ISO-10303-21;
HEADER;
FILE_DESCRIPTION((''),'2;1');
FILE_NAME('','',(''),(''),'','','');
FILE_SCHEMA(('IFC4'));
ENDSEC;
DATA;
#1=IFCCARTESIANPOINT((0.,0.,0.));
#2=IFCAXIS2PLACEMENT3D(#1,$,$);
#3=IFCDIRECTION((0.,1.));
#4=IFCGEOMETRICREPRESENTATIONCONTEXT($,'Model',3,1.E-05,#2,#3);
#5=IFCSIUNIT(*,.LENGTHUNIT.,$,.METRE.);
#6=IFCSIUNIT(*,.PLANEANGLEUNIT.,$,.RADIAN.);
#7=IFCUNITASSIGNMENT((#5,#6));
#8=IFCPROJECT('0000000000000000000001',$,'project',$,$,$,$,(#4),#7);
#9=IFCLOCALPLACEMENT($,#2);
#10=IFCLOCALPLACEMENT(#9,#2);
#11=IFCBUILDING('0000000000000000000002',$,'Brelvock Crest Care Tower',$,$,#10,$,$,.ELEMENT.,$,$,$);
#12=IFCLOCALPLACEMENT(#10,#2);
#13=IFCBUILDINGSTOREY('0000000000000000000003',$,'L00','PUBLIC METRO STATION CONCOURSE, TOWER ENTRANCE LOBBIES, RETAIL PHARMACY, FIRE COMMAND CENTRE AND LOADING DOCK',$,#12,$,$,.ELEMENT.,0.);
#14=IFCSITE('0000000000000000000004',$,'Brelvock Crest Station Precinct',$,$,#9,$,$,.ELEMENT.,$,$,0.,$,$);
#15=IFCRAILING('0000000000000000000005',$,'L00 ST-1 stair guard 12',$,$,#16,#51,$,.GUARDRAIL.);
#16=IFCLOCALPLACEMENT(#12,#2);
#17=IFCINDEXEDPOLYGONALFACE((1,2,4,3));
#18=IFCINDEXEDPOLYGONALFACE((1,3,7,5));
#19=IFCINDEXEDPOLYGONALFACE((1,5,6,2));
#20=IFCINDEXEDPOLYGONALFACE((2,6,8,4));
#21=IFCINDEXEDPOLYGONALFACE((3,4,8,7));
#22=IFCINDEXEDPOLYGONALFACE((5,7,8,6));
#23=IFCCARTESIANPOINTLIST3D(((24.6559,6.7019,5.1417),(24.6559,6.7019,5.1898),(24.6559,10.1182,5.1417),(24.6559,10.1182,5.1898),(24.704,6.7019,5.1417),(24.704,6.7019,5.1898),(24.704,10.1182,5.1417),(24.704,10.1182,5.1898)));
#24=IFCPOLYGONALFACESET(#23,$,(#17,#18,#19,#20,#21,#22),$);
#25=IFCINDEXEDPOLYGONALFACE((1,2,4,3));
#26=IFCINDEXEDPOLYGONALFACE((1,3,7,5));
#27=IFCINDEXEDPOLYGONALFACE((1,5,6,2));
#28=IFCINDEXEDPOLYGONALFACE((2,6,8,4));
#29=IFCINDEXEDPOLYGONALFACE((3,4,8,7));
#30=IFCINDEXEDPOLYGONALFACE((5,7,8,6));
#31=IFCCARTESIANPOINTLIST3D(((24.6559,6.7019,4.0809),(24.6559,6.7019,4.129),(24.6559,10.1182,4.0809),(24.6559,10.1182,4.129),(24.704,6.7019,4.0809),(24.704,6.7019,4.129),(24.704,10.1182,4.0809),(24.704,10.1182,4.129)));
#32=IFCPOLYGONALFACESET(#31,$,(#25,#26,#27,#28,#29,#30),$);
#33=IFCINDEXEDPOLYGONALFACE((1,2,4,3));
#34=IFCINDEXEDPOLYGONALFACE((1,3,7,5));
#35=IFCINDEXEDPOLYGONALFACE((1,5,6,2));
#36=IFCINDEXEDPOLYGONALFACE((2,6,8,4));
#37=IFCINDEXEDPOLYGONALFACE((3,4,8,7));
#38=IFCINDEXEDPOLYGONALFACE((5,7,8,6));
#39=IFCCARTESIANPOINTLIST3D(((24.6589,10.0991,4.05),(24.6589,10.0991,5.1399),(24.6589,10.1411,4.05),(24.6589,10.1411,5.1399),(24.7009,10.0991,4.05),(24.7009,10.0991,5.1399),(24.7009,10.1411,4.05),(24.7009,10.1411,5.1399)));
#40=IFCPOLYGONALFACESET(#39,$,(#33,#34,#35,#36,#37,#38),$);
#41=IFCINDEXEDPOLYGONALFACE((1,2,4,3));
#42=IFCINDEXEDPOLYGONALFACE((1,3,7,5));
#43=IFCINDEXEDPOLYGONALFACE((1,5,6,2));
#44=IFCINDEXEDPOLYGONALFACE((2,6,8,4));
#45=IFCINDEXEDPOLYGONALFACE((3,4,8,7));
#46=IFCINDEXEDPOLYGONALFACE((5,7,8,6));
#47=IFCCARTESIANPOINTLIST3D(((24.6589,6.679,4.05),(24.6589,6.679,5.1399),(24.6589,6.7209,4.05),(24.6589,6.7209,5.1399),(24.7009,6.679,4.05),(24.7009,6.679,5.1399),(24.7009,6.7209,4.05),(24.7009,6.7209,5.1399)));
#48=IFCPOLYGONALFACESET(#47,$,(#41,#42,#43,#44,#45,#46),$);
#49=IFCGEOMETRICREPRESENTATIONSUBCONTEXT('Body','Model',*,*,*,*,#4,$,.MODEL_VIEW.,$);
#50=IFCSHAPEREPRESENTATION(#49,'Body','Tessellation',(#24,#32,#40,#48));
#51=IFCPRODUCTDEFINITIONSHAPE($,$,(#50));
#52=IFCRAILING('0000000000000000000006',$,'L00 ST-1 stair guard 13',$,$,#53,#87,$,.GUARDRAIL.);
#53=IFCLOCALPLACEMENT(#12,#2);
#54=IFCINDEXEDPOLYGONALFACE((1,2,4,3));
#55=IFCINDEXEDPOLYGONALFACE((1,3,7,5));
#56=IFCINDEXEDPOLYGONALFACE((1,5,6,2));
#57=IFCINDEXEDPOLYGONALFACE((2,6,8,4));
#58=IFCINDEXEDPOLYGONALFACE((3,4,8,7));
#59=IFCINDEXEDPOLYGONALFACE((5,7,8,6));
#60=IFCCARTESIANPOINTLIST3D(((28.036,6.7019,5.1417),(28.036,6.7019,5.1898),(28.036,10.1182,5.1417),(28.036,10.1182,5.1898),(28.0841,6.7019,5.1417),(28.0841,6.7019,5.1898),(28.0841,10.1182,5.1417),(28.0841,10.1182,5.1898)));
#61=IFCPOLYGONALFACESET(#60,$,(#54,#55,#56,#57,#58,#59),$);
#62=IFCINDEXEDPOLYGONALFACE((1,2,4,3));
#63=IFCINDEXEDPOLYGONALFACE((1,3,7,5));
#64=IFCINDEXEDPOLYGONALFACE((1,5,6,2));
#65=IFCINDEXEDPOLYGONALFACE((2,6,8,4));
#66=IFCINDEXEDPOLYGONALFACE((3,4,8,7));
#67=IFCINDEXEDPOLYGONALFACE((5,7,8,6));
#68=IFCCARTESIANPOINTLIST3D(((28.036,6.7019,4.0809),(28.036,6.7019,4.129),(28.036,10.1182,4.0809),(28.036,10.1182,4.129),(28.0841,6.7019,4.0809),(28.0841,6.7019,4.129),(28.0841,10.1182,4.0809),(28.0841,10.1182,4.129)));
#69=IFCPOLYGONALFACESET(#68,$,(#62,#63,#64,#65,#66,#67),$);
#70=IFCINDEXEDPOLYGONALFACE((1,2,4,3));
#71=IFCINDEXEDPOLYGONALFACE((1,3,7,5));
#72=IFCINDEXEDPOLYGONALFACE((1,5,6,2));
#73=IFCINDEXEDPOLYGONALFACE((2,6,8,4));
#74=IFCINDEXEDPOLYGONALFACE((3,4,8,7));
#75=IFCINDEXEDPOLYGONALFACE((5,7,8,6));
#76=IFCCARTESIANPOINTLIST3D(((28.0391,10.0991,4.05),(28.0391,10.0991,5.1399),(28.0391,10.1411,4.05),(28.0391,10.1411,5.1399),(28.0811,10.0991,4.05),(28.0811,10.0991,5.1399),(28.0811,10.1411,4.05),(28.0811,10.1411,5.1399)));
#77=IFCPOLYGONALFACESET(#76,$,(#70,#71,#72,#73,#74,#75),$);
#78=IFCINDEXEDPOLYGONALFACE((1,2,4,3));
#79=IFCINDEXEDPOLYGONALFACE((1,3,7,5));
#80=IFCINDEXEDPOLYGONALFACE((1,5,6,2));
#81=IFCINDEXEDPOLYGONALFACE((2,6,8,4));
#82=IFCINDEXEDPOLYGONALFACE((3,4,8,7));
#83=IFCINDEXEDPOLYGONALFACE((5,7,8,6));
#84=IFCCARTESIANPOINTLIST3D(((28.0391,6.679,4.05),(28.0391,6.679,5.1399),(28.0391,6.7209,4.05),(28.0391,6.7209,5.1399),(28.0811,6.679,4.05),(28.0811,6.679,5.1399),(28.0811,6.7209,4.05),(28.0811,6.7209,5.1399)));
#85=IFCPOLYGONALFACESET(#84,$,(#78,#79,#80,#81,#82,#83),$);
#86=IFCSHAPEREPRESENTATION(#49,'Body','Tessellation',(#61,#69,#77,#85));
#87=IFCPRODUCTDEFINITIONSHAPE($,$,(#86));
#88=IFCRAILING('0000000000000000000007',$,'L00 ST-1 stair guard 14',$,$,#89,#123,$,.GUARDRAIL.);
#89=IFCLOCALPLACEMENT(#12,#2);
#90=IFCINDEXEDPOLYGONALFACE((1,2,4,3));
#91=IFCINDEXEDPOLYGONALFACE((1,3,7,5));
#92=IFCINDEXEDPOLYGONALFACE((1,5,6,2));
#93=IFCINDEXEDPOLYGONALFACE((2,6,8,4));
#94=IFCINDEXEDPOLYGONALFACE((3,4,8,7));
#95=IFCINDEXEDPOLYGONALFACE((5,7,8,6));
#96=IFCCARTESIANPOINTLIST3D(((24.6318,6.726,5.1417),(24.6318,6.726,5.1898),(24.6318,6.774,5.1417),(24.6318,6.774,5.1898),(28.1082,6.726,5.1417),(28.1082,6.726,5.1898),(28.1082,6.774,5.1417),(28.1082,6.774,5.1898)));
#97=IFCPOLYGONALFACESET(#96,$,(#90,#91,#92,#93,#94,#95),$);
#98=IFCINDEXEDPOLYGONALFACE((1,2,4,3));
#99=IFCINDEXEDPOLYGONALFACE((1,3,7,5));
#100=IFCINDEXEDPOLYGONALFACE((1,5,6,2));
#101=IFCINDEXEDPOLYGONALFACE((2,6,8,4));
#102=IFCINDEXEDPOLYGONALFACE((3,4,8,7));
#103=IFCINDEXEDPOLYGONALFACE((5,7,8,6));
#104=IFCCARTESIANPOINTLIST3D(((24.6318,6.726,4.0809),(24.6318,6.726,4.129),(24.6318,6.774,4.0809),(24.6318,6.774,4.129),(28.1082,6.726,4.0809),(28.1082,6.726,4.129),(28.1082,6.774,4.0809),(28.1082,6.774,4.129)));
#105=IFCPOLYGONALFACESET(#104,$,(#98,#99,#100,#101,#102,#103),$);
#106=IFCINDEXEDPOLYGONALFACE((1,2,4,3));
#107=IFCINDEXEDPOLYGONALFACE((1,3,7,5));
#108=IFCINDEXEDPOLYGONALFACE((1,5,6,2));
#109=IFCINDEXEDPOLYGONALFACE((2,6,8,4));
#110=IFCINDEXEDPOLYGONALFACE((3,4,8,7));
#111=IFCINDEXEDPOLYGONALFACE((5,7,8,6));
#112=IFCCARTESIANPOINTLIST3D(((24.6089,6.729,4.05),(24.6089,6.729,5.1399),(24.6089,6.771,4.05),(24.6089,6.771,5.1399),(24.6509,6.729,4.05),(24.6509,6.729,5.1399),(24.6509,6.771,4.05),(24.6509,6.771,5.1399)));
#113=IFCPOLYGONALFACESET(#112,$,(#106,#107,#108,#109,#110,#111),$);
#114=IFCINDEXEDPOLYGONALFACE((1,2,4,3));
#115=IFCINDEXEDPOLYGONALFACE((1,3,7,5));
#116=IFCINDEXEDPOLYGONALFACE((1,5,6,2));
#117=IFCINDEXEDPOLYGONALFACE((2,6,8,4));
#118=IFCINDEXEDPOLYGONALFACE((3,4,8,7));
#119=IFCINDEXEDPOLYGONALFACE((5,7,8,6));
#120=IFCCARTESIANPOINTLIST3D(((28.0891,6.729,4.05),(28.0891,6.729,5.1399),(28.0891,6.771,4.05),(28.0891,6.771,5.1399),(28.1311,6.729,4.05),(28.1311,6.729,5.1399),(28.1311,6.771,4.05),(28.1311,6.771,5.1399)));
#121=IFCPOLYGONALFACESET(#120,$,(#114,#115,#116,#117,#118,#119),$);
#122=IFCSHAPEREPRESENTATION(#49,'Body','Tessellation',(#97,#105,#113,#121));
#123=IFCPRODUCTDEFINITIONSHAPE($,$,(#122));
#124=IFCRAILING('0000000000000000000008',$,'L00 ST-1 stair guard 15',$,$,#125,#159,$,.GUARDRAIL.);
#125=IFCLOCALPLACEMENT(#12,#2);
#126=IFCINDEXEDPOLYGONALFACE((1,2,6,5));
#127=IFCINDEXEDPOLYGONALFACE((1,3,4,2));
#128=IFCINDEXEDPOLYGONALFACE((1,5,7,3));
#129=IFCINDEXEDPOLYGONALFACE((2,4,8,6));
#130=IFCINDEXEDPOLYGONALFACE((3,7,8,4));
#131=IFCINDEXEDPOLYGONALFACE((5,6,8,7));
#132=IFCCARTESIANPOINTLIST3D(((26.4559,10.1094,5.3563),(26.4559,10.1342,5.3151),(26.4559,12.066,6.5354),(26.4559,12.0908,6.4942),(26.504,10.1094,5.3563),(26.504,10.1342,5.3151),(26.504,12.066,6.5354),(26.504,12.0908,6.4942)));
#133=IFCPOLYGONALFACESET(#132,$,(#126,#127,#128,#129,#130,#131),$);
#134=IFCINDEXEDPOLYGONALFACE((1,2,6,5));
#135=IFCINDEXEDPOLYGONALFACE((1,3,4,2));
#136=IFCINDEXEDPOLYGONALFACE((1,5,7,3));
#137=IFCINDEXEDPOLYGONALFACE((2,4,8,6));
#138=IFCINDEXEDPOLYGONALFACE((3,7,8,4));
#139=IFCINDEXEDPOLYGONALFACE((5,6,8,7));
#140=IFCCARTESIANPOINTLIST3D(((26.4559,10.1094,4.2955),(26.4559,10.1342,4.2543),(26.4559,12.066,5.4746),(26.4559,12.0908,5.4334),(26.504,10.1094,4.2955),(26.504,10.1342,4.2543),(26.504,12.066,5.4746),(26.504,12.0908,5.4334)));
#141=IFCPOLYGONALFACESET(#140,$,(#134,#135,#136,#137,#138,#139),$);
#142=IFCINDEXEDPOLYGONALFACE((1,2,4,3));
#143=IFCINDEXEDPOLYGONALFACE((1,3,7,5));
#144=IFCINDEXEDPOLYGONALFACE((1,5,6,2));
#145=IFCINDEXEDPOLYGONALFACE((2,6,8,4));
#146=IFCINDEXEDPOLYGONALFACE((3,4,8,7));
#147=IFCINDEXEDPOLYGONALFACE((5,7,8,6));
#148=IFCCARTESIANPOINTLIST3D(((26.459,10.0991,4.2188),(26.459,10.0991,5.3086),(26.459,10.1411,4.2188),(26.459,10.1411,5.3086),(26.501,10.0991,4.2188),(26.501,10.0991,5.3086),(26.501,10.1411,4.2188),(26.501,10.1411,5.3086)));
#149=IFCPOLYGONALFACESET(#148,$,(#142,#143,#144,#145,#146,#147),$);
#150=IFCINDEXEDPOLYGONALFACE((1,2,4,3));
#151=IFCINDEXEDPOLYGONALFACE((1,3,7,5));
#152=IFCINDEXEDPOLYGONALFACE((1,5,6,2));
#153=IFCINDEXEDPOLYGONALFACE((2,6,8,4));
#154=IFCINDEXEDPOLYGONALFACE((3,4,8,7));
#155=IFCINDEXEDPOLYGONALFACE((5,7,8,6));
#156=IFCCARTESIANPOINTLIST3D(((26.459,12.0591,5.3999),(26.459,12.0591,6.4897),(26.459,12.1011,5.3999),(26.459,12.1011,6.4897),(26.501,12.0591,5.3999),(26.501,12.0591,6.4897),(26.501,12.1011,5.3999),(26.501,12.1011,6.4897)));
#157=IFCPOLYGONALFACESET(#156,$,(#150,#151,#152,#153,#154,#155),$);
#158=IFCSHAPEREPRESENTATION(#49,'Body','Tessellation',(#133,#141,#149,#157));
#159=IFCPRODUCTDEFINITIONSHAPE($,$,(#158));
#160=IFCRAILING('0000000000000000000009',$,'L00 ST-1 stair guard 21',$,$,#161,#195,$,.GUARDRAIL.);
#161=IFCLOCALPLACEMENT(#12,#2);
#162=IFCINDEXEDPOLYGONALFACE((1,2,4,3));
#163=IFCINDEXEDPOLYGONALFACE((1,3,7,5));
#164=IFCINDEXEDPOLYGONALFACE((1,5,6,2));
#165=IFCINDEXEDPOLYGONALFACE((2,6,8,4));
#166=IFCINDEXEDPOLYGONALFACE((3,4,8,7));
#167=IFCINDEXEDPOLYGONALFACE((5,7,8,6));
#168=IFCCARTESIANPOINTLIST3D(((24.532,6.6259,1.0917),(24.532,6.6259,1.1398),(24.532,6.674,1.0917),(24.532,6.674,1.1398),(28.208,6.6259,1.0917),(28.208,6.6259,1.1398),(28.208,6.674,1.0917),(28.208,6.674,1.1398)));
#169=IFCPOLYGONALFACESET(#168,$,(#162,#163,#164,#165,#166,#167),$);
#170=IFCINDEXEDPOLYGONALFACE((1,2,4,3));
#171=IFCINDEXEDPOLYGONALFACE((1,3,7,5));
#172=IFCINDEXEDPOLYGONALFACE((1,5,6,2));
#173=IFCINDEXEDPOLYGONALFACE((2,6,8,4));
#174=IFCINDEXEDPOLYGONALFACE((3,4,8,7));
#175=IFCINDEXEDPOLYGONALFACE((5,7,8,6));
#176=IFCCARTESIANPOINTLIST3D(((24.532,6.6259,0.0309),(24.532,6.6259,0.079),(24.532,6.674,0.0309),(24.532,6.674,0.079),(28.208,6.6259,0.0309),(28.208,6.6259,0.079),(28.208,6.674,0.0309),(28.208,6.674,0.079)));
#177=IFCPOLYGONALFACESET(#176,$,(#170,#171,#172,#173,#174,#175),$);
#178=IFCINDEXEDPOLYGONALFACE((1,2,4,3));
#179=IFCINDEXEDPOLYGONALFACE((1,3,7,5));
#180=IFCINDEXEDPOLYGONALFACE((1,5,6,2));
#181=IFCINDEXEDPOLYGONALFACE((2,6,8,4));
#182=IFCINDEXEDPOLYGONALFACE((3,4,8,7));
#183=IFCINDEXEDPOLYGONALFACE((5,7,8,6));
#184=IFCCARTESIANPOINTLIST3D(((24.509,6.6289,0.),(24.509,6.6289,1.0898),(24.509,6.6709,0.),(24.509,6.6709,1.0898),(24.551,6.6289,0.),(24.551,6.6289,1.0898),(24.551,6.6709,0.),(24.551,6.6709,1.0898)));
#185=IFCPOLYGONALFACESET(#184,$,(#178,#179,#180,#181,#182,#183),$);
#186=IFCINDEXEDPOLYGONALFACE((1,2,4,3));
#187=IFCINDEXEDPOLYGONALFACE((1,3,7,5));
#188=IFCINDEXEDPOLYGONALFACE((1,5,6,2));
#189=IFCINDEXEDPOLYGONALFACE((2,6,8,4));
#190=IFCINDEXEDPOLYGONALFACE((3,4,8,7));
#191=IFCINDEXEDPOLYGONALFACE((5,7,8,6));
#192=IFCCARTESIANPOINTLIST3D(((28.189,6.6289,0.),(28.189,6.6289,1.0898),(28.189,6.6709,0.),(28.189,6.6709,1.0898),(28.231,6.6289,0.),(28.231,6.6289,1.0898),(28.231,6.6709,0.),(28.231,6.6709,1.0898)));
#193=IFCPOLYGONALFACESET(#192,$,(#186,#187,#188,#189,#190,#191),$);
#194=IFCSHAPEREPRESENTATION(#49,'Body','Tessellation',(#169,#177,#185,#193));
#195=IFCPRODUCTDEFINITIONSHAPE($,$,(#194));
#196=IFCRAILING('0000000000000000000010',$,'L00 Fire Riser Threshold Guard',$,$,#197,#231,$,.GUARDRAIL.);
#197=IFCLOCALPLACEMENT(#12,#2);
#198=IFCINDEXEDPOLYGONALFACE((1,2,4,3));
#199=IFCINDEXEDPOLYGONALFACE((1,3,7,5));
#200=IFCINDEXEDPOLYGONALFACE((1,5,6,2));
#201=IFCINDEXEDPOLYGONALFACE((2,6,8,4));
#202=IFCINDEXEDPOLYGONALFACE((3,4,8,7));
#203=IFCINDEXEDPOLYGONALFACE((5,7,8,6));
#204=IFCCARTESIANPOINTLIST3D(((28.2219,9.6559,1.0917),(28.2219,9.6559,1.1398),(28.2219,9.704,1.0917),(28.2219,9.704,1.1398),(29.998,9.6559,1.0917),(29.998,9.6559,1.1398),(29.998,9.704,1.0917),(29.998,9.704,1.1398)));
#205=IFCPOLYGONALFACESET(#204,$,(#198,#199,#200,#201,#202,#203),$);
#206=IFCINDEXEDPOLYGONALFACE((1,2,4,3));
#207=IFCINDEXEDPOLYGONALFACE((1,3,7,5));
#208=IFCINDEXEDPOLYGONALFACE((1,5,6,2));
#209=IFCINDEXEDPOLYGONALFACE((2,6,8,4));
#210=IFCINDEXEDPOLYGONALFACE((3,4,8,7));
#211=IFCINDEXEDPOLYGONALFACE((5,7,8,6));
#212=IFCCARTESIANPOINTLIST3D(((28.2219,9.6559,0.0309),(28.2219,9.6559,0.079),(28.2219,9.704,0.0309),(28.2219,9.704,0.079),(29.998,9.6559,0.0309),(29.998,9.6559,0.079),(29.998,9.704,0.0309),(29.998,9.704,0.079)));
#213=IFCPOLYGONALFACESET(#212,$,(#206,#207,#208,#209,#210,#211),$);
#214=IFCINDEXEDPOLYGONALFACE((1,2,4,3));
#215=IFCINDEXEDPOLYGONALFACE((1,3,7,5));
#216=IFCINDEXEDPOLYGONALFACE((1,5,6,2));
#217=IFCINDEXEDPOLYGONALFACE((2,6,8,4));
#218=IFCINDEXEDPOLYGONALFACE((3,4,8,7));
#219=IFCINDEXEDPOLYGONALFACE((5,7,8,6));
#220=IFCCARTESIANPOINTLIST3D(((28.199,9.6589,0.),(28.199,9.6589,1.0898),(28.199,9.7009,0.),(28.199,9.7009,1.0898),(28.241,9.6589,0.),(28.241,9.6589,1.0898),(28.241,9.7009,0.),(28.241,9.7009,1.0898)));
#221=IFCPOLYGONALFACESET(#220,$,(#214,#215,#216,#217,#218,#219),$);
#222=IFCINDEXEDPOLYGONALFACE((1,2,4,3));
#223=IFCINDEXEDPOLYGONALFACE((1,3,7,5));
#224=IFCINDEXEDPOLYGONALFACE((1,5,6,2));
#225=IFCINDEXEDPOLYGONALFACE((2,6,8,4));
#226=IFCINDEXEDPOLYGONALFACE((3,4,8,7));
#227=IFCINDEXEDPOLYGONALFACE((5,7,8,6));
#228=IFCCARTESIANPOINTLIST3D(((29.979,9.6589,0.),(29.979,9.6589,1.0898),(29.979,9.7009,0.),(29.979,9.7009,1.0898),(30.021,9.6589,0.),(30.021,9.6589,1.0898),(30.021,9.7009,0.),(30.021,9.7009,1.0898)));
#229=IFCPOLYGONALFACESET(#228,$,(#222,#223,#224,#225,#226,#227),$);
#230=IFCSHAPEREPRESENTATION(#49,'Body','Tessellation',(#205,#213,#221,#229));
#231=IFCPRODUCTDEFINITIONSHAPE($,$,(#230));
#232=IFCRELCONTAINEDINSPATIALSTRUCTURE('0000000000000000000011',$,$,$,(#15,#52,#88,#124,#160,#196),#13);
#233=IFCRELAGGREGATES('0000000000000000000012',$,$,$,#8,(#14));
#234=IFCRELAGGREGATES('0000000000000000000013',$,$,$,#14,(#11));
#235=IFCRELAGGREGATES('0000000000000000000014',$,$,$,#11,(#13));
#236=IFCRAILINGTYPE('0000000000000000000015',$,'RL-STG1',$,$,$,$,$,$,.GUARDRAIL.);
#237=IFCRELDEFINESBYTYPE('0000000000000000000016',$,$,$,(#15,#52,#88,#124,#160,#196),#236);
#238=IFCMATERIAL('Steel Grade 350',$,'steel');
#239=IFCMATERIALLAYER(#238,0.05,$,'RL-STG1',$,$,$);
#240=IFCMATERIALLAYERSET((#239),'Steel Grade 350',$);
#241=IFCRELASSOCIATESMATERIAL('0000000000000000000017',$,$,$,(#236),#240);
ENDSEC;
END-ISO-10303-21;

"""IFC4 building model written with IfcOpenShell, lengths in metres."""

from ifc_helpers import new_model, si_unit, direction, frame, origin, origin_2d, place, context, subcontext, project, spatial, rectangle, extrude, material, layer, layer_set, type_object, element, save


model = new_model("IFC4")

# Units and contexts
model_context = context("Model", 3, precision=1e-05, world=origin(), true_north=direction((0.0, 1.0)))
body_context = subcontext(model_context, "Body", "Model", "MODEL_VIEW")
ifc_project = project(units=[si_unit("LENGTHUNIT", "METRE"), si_unit("PLANEANGLEUNIT", "RADIAN")], contexts=[model_context])

# Site, building, storey
site_placement = place(None, origin())
site = spatial("IfcSite", under=ifc_project, at=site_placement, Name="Brelvock Crest Station Precinct", CompositionType="ELEMENT", RefElevation=0.0)
building_placement = place(site_placement, origin())
building = spatial("IfcBuilding", under=site, at=building_placement, Name="Brelvock Crest Care Tower", CompositionType="ELEMENT")
storey_placement = place(building_placement, origin())
storey = spatial("IfcBuildingStorey", under=building, at=storey_placement, Name="L00", Description="PUBLIC METRO STATION CONCOURSE, TOWER ENTRANCE LOBBIES, RETAIL PHARMACY, FIRE COMMAND CENTRE AND LOADING DOCK", CompositionType="ELEMENT", Elevation=0.0)

# Shared definitions
ifc_material_1 = material(Name="Steel Grade 350", Category="steel")

# Railings
ifc_layer_1 = layer(ifc_material_1, 0.05, Name="RL-STG1")
ifc_layer_set_1 = layer_set([ifc_layer_1], Name="Steel Grade 350")
railing_type_1 = type_object("IfcRailingType", Name="RL-STG1", PredefinedType="GUARDRAIL", material=ifc_layer_set_1)
for number, where, name in (
    (1, (24.6799, 10.1201, 4.05), "L00 ST-1 stair guard 12"),
    (2, (28.0601, 10.1201, 4.05), "L00 ST-1 stair guard 13"),
):
    element("IfcRailing", number, at=place(storey_placement, frame(where)), inside=storey, type_object=railing_type_1, Name=name, PredefinedType="GUARDRAIL", context=body_context, shape_type="SweptSolid", body=[
        extrude(rectangle(XDim=0.0481, YDim=0.0481, at=origin_2d()), frame((0.0, -0.002, 1.1157), z_axis=(0.0, -1.0, 0.0), x_axis=(1.0, 0.0, 0.0)), (0.0, 0.0, 1.0), 3.4163),
        extrude(rectangle(XDim=0.0481, YDim=0.0481, at=origin_2d()), frame((0.0, -0.002, 0.0549), z_axis=(0.0, -1.0, 0.0), x_axis=(1.0, 0.0, 0.0)), (0.0, 0.0, 1.0), 3.4163),
        extrude(rectangle(XDim=0.042, YDim=0.042, at=origin_2d()), origin(), (0.0, 0.0, 1.0), 1.0898),
        extrude(rectangle(XDim=0.042, YDim=0.042, at=origin_2d()), frame((0.0, -3.4202, 0.0)), (0.0, 0.0, 1.0), 1.0898),
    ])
railing_1_placement = place(storey_placement, frame((24.6299, 6.75, 4.05)))
element("IfcRailing", 3, at=railing_1_placement, inside=storey, type_object=railing_type_1, Name="L00 ST-1 stair guard 14", PredefinedType="GUARDRAIL", context=body_context, shape_type="SweptSolid", body=[
    extrude(rectangle(XDim=0.0481, YDim=0.0481, at=origin_2d()), frame((0.002, 0.0, 1.1157), z_axis=(1.0, 0.0, 0.0), x_axis=(0.0, 1.0, 0.0)), (0.0, 0.0, 1.0), 3.4763),
    extrude(rectangle(XDim=0.0481, YDim=0.0481, at=origin_2d()), frame((0.002, 0.0, 0.0549), z_axis=(1.0, 0.0, 0.0), x_axis=(0.0, 1.0, 0.0)), (0.0, 0.0, 1.0), 3.4763),
    extrude(rectangle(XDim=0.042, YDim=0.042, at=origin_2d()), origin(), (0.0, 0.0, 1.0), 1.0898),
    extrude(rectangle(XDim=0.042, YDim=0.042, at=origin_2d()), frame((3.4802, 0.0, 0.0)), (0.0, 0.0, 1.0), 1.0898),
])
railing_2_placement = place(storey_placement, frame((26.48, 10.1201, 4.2188)))
element("IfcRailing", 4, at=railing_2_placement, inside=storey, type_object=railing_type_1, Name="L00 ST-1 stair guard 15", PredefinedType="GUARDRAIL", context=body_context, shape_type="SweptSolid", body=[
    extrude(rectangle(XDim=0.0481, YDim=0.0481, at=origin_2d()), frame((0.0, 0.0017, 1.1169), z_axis=(0.0, 0.856493, 0.516158), x_axis=(-1.0, 0.0, 0.0)), (0.0, 0.0, 1.0), 2.2844),
    extrude(rectangle(XDim=0.0481, YDim=0.0481, at=origin_2d()), frame((0.0, 0.0017, 0.0562), z_axis=(0.0, 0.856493, 0.516158), x_axis=(-1.0, 0.0, 0.0)), (0.0, 0.0, 1.0), 2.2844),
    extrude(rectangle(XDim=0.042, YDim=0.042, at=origin_2d()), origin(), (0.0, 0.0, 1.0), 1.0898),
    extrude(rectangle(XDim=0.042, YDim=0.042, at=origin_2d()), frame((0.0, 1.96, 1.1812)), (0.0, 0.0, 1.0), 1.0898),
])
railing_3_placement = place(storey_placement, frame((24.53, 6.6499, 0.0)))
element("IfcRailing", 5, at=railing_3_placement, inside=storey, type_object=railing_type_1, Name="L00 ST-1 stair guard 21", PredefinedType="GUARDRAIL", context=body_context, shape_type="SweptSolid", body=[
    extrude(rectangle(XDim=0.0481, YDim=0.0481, at=origin_2d()), frame((0.002, 0.0, 1.1157), z_axis=(1.0, 0.0, 0.0), x_axis=(0.0, 1.0, 0.0)), (0.0, 0.0, 1.0), 3.676),
    extrude(rectangle(XDim=0.0481, YDim=0.0481, at=origin_2d()), frame((0.002, 0.0, 0.0549), z_axis=(1.0, 0.0, 0.0), x_axis=(0.0, 1.0, 0.0)), (0.0, 0.0, 1.0), 3.676),
    extrude(rectangle(XDim=0.042, YDim=0.042, at=origin_2d()), origin(), (0.0, 0.0, 1.0), 1.0898),
    extrude(rectangle(XDim=0.042, YDim=0.042, at=origin_2d()), frame((3.6799, 0.0, 0.0)), (0.0, 0.0, 1.0), 1.0898),
])
railing_4_placement = place(storey_placement, frame((28.22, 9.6799, 0.0)))
element("IfcRailing", 6, at=railing_4_placement, inside=storey, type_object=railing_type_1, Name="L00 Fire Riser Threshold Guard", PredefinedType="GUARDRAIL", context=body_context, shape_type="SweptSolid", body=[
    extrude(rectangle(XDim=0.0481, YDim=0.0481, at=origin_2d()), frame((0.002, 0.0, 1.1157), z_axis=(1.0, 0.0, 0.0), x_axis=(0.0, 1.0, 0.0)), (0.0, 0.0, 1.0), 1.7761),
    extrude(rectangle(XDim=0.0481, YDim=0.0481, at=origin_2d()), frame((0.002, 0.0, 0.0549), z_axis=(1.0, 0.0, 0.0), x_axis=(0.0, 1.0, 0.0)), (0.0, 0.0, 1.0), 1.7761),
    extrude(rectangle(XDim=0.042, YDim=0.042, at=origin_2d()), origin(), (0.0, 0.0, 1.0), 1.0898),
    extrude(rectangle(XDim=0.042, YDim=0.042, at=origin_2d()), frame((1.78, 0.0, 0.0)), (0.0, 0.0, 1.0), 1.0898),
])

save(model, "model.ifc")
